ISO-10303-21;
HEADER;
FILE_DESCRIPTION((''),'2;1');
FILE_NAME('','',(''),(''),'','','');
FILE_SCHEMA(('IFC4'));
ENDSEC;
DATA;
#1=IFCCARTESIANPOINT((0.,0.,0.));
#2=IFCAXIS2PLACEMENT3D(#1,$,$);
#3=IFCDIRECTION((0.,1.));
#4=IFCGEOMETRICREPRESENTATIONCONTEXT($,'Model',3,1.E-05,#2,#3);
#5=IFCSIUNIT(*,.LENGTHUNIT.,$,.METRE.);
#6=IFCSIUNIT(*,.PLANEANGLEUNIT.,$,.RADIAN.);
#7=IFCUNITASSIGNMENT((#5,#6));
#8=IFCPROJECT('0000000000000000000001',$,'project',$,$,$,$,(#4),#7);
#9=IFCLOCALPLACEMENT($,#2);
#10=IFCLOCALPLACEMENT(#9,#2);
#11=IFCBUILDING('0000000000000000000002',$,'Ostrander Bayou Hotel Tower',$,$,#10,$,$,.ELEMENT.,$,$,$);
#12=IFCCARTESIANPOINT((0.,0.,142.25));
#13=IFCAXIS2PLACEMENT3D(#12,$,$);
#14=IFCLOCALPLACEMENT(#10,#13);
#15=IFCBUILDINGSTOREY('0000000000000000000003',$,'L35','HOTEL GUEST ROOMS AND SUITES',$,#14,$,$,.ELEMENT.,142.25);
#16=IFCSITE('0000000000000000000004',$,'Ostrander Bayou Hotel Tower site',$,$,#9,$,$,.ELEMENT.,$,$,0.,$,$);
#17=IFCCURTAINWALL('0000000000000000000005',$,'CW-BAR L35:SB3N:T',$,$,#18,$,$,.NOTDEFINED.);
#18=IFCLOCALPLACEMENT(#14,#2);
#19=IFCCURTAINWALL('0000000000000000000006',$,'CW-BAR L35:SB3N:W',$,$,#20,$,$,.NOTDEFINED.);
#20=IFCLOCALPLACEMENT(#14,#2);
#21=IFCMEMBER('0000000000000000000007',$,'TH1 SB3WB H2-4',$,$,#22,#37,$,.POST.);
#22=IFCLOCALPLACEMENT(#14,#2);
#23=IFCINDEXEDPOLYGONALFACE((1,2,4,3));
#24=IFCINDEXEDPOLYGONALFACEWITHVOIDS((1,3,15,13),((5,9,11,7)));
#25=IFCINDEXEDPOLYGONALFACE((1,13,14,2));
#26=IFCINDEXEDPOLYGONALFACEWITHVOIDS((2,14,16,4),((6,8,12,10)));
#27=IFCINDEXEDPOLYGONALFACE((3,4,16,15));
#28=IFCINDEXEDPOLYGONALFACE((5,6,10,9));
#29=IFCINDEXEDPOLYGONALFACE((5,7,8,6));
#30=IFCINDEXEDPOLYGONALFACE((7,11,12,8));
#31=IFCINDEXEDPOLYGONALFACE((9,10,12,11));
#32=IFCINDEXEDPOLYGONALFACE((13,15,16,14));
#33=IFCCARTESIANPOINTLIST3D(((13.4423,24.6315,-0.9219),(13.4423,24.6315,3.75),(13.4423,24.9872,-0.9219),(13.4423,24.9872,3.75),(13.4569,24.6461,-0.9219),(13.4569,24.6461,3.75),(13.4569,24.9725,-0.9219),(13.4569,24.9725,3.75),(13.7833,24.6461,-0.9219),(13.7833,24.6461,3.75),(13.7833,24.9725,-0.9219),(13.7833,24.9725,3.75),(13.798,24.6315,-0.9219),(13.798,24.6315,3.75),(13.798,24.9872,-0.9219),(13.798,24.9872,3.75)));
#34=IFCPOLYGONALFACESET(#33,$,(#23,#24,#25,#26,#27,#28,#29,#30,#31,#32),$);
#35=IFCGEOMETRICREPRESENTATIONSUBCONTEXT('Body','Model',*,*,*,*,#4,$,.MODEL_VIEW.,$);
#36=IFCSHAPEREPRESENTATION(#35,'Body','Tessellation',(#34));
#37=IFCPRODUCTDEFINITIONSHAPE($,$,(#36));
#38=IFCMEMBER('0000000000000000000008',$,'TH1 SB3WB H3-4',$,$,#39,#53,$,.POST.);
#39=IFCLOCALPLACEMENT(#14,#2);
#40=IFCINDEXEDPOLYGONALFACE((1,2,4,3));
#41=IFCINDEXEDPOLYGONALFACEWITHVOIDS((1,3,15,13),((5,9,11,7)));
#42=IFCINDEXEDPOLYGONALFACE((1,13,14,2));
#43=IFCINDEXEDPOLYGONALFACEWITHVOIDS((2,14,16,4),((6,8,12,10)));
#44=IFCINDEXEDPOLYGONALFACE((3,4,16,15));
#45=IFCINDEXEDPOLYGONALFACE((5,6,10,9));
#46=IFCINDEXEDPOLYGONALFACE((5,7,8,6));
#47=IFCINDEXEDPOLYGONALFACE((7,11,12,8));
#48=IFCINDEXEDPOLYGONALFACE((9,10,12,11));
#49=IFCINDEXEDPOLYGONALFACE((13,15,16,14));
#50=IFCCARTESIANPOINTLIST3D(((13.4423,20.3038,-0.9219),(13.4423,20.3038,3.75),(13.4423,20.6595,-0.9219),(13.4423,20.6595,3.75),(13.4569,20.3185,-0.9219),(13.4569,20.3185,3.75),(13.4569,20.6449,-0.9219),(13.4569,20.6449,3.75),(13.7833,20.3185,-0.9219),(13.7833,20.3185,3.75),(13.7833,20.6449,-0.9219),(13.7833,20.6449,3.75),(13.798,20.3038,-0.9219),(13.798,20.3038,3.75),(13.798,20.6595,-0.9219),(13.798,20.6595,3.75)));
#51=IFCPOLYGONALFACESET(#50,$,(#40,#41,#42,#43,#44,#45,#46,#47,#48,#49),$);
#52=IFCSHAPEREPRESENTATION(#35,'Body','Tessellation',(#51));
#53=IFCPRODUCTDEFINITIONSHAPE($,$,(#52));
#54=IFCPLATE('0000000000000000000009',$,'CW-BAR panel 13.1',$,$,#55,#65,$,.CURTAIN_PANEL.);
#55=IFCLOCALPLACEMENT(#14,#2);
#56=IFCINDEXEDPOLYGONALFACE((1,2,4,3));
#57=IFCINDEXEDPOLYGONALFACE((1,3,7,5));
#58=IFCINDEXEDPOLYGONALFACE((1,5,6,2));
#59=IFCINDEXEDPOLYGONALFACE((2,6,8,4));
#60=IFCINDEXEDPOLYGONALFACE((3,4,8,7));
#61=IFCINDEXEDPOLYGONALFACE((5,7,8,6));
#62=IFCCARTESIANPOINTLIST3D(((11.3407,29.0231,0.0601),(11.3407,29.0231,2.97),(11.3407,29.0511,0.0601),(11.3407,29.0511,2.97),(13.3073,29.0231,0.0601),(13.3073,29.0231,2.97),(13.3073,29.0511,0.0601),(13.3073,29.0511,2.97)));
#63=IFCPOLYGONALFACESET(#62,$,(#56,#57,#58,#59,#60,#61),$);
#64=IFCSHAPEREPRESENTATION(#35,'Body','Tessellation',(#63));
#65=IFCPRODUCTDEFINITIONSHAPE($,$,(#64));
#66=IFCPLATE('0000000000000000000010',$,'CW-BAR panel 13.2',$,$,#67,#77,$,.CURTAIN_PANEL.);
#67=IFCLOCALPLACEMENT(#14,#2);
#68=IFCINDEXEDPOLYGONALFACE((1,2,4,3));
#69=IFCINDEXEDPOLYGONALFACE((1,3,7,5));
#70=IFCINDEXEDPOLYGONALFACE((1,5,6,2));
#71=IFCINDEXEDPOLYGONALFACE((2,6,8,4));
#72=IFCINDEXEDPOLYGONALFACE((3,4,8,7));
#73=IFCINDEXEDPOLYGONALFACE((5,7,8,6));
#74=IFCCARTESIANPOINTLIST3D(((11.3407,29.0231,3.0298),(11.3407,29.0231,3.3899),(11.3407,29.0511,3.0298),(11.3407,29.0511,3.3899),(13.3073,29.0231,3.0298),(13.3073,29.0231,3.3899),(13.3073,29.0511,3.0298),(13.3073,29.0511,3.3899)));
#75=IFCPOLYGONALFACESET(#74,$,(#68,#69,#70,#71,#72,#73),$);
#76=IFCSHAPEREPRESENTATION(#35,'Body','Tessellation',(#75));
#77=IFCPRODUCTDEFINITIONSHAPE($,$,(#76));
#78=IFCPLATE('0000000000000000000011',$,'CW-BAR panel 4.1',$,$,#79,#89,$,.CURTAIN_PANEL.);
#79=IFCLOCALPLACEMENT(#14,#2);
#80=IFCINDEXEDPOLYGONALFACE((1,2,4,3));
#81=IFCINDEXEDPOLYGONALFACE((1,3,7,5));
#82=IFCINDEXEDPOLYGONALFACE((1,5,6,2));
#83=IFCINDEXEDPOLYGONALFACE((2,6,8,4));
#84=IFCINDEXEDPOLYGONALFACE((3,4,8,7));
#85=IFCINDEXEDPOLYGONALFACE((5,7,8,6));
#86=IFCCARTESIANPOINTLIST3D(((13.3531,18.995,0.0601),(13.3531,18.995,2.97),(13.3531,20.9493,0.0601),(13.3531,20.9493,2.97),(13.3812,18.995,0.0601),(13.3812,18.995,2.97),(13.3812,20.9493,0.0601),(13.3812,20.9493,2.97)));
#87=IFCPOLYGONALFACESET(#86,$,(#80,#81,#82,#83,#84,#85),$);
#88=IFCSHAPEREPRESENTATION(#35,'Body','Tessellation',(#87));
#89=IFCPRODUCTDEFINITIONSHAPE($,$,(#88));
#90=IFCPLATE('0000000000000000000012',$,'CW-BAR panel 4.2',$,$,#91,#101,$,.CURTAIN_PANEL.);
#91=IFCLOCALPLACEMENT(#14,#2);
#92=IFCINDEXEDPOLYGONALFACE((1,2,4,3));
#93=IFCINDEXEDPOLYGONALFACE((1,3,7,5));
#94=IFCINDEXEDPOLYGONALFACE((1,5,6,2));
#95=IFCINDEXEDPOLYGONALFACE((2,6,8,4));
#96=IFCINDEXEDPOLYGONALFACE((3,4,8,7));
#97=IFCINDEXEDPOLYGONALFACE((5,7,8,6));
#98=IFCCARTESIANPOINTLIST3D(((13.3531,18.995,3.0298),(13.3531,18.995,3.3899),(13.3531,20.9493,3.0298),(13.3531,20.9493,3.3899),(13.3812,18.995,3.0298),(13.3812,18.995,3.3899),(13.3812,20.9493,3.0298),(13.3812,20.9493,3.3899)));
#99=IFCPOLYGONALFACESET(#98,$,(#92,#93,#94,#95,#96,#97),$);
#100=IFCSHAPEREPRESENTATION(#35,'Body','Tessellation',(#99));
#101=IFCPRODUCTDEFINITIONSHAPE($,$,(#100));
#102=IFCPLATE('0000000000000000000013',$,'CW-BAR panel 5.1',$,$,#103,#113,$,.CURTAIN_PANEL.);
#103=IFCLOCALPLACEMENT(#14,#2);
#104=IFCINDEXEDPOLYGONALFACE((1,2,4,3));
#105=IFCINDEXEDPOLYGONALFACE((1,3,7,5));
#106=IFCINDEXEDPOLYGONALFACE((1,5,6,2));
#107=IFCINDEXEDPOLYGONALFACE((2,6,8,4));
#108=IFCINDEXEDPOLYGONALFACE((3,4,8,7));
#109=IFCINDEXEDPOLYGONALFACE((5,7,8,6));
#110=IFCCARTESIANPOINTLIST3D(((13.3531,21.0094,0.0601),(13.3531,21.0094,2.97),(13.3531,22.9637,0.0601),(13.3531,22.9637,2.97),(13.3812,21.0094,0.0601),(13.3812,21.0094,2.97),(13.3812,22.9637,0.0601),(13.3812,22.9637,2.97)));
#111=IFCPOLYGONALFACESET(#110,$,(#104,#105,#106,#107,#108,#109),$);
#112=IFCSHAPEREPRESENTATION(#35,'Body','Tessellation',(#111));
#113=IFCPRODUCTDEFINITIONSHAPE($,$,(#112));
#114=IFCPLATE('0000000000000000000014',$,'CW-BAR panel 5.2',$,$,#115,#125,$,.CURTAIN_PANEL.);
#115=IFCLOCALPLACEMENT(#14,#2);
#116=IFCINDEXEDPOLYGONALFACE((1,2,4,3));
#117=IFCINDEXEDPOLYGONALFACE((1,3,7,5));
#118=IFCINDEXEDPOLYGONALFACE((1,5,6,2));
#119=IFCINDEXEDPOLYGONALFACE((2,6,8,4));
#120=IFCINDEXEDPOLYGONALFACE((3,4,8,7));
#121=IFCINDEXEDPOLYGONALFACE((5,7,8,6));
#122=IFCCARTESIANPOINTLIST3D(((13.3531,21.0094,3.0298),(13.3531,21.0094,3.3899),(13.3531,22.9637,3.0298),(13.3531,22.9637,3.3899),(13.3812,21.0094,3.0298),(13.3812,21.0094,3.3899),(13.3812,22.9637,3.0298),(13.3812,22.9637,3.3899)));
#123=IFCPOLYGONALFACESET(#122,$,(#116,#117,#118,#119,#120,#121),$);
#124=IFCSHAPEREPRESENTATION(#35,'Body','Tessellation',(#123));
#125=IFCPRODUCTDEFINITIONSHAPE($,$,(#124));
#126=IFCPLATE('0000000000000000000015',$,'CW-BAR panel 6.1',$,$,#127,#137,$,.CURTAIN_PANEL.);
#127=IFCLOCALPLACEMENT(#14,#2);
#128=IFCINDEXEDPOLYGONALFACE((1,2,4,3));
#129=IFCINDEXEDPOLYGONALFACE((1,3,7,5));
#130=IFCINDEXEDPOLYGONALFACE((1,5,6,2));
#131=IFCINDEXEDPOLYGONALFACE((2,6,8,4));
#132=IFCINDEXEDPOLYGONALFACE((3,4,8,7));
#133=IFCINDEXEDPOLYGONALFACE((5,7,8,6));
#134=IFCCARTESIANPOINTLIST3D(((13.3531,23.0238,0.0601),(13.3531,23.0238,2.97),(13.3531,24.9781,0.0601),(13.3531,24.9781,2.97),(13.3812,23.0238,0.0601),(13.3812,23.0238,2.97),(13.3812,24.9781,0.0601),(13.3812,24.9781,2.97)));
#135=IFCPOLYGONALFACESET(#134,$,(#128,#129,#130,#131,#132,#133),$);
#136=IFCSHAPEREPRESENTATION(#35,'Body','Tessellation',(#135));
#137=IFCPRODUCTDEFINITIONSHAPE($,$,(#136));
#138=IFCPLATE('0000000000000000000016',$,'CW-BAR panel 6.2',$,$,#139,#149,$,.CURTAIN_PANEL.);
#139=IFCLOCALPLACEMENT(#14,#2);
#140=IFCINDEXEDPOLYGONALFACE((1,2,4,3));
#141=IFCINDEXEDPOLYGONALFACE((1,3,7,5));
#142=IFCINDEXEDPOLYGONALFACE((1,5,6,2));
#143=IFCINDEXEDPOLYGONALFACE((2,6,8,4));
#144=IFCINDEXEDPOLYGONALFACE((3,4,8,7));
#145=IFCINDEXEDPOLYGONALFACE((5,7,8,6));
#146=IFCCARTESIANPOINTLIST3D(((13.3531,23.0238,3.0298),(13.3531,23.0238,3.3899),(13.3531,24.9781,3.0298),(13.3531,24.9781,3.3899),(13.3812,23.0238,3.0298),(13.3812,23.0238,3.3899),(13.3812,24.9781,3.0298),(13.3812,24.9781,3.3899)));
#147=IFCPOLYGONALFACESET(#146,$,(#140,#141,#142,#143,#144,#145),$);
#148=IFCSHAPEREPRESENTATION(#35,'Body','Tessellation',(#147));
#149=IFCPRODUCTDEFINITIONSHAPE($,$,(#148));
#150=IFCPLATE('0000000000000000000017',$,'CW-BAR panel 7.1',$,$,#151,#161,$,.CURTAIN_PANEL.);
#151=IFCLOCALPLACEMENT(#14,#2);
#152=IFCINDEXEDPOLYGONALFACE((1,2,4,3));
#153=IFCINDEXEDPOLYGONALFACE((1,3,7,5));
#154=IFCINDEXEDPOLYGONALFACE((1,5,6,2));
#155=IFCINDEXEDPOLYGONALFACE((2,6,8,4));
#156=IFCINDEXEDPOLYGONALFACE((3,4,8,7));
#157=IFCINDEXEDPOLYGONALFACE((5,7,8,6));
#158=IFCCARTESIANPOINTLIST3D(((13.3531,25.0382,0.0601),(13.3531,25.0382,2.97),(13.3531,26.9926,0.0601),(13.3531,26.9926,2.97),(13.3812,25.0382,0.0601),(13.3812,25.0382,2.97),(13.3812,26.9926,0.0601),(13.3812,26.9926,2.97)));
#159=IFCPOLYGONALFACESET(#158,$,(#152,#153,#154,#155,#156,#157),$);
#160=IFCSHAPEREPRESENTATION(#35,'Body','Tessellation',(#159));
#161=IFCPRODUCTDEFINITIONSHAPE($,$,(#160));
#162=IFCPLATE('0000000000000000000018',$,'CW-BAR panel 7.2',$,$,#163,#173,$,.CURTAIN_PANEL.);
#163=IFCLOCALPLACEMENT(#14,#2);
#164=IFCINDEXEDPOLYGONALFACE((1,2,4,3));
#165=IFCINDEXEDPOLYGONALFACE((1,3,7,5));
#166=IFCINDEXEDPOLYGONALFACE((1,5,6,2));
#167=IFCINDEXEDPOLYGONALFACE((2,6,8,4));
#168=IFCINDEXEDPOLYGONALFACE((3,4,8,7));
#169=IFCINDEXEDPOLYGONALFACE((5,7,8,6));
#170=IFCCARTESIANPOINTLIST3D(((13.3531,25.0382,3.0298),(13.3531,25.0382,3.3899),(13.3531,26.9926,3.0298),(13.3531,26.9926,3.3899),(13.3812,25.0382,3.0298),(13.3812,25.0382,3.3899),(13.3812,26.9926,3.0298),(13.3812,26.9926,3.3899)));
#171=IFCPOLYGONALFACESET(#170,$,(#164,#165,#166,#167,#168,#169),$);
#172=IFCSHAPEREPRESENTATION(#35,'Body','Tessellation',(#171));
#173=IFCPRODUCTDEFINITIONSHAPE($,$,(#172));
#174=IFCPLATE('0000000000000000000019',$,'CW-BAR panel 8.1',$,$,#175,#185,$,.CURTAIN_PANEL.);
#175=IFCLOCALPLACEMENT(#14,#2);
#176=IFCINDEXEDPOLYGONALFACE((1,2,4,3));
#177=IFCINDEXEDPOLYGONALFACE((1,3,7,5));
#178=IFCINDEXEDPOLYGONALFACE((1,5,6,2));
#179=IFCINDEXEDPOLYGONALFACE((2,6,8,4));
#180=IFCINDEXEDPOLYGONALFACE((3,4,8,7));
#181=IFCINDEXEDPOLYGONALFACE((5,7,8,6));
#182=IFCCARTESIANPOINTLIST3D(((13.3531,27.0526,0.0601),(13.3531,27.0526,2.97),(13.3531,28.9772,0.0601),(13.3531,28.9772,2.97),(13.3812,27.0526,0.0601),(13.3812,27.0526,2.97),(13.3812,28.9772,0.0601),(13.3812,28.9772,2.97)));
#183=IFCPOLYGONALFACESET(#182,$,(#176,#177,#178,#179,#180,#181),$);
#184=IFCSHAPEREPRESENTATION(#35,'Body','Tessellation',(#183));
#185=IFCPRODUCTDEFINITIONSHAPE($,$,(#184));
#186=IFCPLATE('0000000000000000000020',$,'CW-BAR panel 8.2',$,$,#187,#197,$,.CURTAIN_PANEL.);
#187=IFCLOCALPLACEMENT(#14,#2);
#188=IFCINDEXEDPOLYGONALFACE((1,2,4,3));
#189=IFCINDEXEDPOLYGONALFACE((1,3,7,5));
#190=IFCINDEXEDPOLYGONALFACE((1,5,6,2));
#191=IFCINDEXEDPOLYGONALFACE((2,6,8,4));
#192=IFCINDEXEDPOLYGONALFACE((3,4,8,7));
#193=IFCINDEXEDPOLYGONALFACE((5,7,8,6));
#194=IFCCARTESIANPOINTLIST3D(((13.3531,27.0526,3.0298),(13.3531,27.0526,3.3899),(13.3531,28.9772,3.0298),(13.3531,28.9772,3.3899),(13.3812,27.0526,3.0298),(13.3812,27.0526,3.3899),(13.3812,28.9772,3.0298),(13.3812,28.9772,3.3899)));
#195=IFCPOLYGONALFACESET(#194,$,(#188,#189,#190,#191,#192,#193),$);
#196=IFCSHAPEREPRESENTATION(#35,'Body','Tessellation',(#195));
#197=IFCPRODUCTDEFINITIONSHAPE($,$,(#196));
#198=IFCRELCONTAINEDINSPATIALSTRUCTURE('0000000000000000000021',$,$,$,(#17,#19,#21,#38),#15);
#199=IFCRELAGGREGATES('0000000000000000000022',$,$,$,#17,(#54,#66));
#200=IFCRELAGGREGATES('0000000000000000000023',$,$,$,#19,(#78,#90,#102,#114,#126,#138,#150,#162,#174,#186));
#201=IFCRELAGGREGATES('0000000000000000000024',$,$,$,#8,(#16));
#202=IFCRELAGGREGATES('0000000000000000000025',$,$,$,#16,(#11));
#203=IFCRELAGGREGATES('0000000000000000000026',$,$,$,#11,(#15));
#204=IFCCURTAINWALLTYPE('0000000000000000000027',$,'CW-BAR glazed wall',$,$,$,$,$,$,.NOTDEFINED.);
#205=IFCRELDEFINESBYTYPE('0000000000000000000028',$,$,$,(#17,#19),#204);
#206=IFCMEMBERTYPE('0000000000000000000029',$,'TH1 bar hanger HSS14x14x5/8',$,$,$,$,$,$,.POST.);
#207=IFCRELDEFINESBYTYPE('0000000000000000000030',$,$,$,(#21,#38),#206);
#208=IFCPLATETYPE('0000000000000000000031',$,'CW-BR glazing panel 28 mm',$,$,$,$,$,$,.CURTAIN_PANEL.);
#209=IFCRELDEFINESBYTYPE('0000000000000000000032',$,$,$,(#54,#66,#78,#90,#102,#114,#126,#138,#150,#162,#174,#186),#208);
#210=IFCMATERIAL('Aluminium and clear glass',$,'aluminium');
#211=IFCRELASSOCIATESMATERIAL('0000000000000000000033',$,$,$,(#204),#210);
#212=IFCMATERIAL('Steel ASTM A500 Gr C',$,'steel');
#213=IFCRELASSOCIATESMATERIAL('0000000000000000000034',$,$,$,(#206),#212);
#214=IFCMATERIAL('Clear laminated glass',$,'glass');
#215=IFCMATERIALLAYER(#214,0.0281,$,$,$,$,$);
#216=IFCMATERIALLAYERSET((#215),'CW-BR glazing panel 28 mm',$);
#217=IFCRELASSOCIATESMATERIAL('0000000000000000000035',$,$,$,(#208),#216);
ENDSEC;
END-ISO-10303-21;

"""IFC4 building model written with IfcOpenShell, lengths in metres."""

from ifc_helpers import new_model, si_unit, direction, frame, origin, origin_2d, place, context, subcontext, project, spatial, rectangle, hollow_rectangle, extrude, material, layer, layer_set, material_profile, profile_set, type_object, element, aggregate, save


model = new_model("IFC4")

# Units and contexts
model_context = context("Model", 3, precision=1e-05, world=origin(), true_north=direction((0.0, 1.0)))
body_context = subcontext(model_context, "Body", "Model", "MODEL_VIEW")
ifc_project = project(units=[si_unit("LENGTHUNIT", "METRE"), si_unit("PLANEANGLEUNIT", "RADIAN")], contexts=[model_context])

# Site, building, storey
site_placement = place(None, origin())
site = spatial("IfcSite", under=ifc_project, at=site_placement, Name="Ostrander Bayou Hotel Tower site", CompositionType="ELEMENT", RefElevation=0.0)
building_placement = place(site_placement, origin())
building = spatial("IfcBuilding", under=site, at=building_placement, Name="Ostrander Bayou Hotel Tower", CompositionType="ELEMENT")
storey_placement = place(building_placement, frame((0.0, 0.0, 142.25)))
storey = spatial("IfcBuildingStorey", under=building, at=storey_placement, Name="L35", Description="HOTEL GUEST ROOMS AND SUITES", CompositionType="ELEMENT", Elevation=142.25)

# Curtain wall
ifc_material_1 = material(Name="Aluminium and clear glass", Category="aluminium")
curtain_wall_type = type_object("IfcCurtainWallType", Name="CW-BAR glazed wall", PredefinedType="NOTDEFINED", material=ifc_material_1)
curtain_wall_1_placement = place(storey_placement, origin())
curtain_wall_1 = element("IfcCurtainWall", 1, at=curtain_wall_1_placement, inside=storey, type_object=curtain_wall_type, Name="CW-BAR L35:SB3N:T", PredefinedType="NOTDEFINED")

# Curtain wall
curtain_wall_2_placement = place(storey_placement, origin())
curtain_wall_2 = element("IfcCurtainWall", 2, at=curtain_wall_2_placement, inside=storey, type_object=curtain_wall_type, Name="CW-BAR L35:SB3N:W", PredefinedType="NOTDEFINED")

# Members
ifc_material_2 = material(Name="Steel ASTM A500 Gr C", Category="steel")
ifc_material_profile_1 = material_profile(ifc_material_2, hollow_rectangle(XDim=0.3557, YDim=0.3557, WallThickness=0.0146, at=origin_2d()))
ifc_profile_set_1 = profile_set([ifc_material_profile_1], Name="Steel ASTM A500 Gr C")
member_type_1 = type_object("IfcMemberType", Name="TH1 bar hanger HSS14x14x5/8", PredefinedType="POST", material=ifc_profile_set_1)
for number, where, z_axis, x_axis, name in (
    (3, (13.6201, 24.8093, -0.9219), (0.0, 0.0, 1.0), (1.0, 0.0, 0.0), "TH1 SB3WB H2-4"),
    (4, (13.6201, 20.4817, -0.9219), (0.0, 0.0, 1.0), (1.0, 0.0, 0.0), "TH1 SB3WB H3-4"),
):
    element("IfcMember", number, at=place(storey_placement, frame(where, z_axis=z_axis, x_axis=x_axis)), inside=storey, type_object=member_type_1, Name=name, PredefinedType="POST", context=body_context, shape_type="SweptSolid", body=[
        extrude(hollow_rectangle(XDim=0.3557, YDim=0.3557, WallThickness=0.0146, at=origin_2d()), origin(), (0.0, 0.0, 1.0), 4.6719),
    ])

# Plates
ifc_material_3 = material(Name="Clear laminated glass", Category="glass")
ifc_layer = layer(ifc_material_3, 0.0281)
ifc_layer_set = layer_set([ifc_layer], Name="CW-BR glazing panel 28 mm")
plate_type = type_object("IfcPlateType", Name="CW-BR glazing panel 28 mm", PredefinedType="CURTAIN_PANEL", material=ifc_layer_set)
plate_1_placement = place(storey_placement, frame((12.324, 29.0371, 0.0601), z_axis=(0.0, 0.0, 1.0), x_axis=(1.0, 0.0, 0.0)))
plate_1 = element("IfcPlate", 5, at=plate_1_placement, type_object=plate_type, Name="CW-BAR panel 13.1", PredefinedType="CURTAIN_PANEL", context=body_context, shape_type="SweptSolid", body=[
    extrude(rectangle(XDim=1.9666, YDim=0.0281, at=origin_2d()), origin(), (0.0, 0.0, 1.0), 2.9099),
])
plate_2_placement = place(storey_placement, frame((12.324, 29.0371, 3.0298), z_axis=(0.0, 0.0, 1.0), x_axis=(1.0, 0.0, 0.0)))
plate_2 = element("IfcPlate", 6, at=plate_2_placement, type_object=plate_type, Name="CW-BAR panel 13.2", PredefinedType="CURTAIN_PANEL", context=body_context, shape_type="SweptSolid", body=[
    extrude(rectangle(XDim=1.9666, YDim=0.0281, at=origin_2d()), origin(), (0.0, 0.0, 1.0), 0.3601),
])
aggregate(curtain_wall_1, [plate_1, plate_2])
plate_3_placement = place(storey_placement, frame((13.3672, 19.9722, 0.0601), z_axis=(0.0, 0.0, 1.0), x_axis=(0.0, 1.0, 0.0)))
plate_3 = element("IfcPlate", 7, at=plate_3_placement, type_object=plate_type, Name="CW-BAR panel 4.1", PredefinedType="CURTAIN_PANEL", context=body_context, shape_type="SweptSolid", body=[
    extrude(rectangle(XDim=1.9543, YDim=0.0281, at=origin_2d()), origin(), (0.0, 0.0, 1.0), 2.9099),
])
plate_4_placement = place(storey_placement, frame((13.3672, 19.9722, 3.0298), z_axis=(0.0, 0.0, 1.0), x_axis=(0.0, 1.0, 0.0)))
plate_4 = element("IfcPlate", 8, at=plate_4_placement, type_object=plate_type, Name="CW-BAR panel 4.2", PredefinedType="CURTAIN_PANEL", context=body_context, shape_type="SweptSolid", body=[
    extrude(rectangle(XDim=1.9543, YDim=0.0281, at=origin_2d()), origin(), (0.0, 0.0, 1.0), 0.3601),
])
plate_5_placement = place(storey_placement, frame((13.3672, 21.9866, 0.0601), z_axis=(0.0, 0.0, 1.0), x_axis=(0.0, 1.0, 0.0)))
plate_5 = element("IfcPlate", 9, at=plate_5_placement, type_object=plate_type, Name="CW-BAR panel 5.1", PredefinedType="CURTAIN_PANEL", context=body_context, shape_type="SweptSolid", body=[
    extrude(rectangle(XDim=1.9543, YDim=0.0281, at=origin_2d()), origin(), (0.0, 0.0, 1.0), 2.9099),
])
plate_6_placement = place(storey_placement, frame((13.3672, 21.9866, 3.0298), z_axis=(0.0, 0.0, 1.0), x_axis=(0.0, 1.0, 0.0)))
plate_6 = element("IfcPlate", 10, at=plate_6_placement, type_object=plate_type, Name="CW-BAR panel 5.2", PredefinedType="CURTAIN_PANEL", context=body_context, shape_type="SweptSolid", body=[
    extrude(rectangle(XDim=1.9543, YDim=0.0281, at=origin_2d()), origin(), (0.0, 0.0, 1.0), 0.3601),
])
plate_7_placement = place(storey_placement, frame((13.3672, 24.001, 0.0601), z_axis=(0.0, 0.0, 1.0), x_axis=(0.0, 1.0, 0.0)))
plate_7 = element("IfcPlate", 11, at=plate_7_placement, type_object=plate_type, Name="CW-BAR panel 6.1", PredefinedType="CURTAIN_PANEL", context=body_context, shape_type="SweptSolid", body=[
    extrude(rectangle(XDim=1.9543, YDim=0.0281, at=origin_2d()), origin(), (0.0, 0.0, 1.0), 2.9099),
])
plate_8_placement = place(storey_placement, frame((13.3672, 24.001, 3.0298), z_axis=(0.0, 0.0, 1.0), x_axis=(0.0, 1.0, 0.0)))
plate_8 = element("IfcPlate", 12, at=plate_8_placement, type_object=plate_type, Name="CW-BAR panel 6.2", PredefinedType="CURTAIN_PANEL", context=body_context, shape_type="SweptSolid", body=[
    extrude(rectangle(XDim=1.9543, YDim=0.0281, at=origin_2d()), origin(), (0.0, 0.0, 1.0), 0.3601),
])
plate_9_placement = place(storey_placement, frame((13.3672, 26.0154, 0.0601), z_axis=(0.0, 0.0, 1.0), x_axis=(0.0, 1.0, 0.0)))
plate_9 = element("IfcPlate", 13, at=plate_9_placement, type_object=plate_type, Name="CW-BAR panel 7.1", PredefinedType="CURTAIN_PANEL", context=body_context, shape_type="SweptSolid", body=[
    extrude(rectangle(XDim=1.9543, YDim=0.0281, at=origin_2d()), origin(), (0.0, 0.0, 1.0), 2.9099),
])
plate_10_placement = place(storey_placement, frame((13.3672, 26.0154, 3.0298), z_axis=(0.0, 0.0, 1.0), x_axis=(0.0, 1.0, 0.0)))
plate_10 = element("IfcPlate", 14, at=plate_10_placement, type_object=plate_type, Name="CW-BAR panel 7.2", PredefinedType="CURTAIN_PANEL", context=body_context, shape_type="SweptSolid", body=[
    extrude(rectangle(XDim=1.9543, YDim=0.0281, at=origin_2d()), origin(), (0.0, 0.0, 1.0), 0.3601),
])
plate_11_placement = place(storey_placement, frame((13.3672, 28.0149, 0.0601), z_axis=(0.0, 0.0, 1.0), x_axis=(0.0, 1.0, 0.0)))
plate_11 = element("IfcPlate", 15, at=plate_11_placement, type_object=plate_type, Name="CW-BAR panel 8.1", PredefinedType="CURTAIN_PANEL", context=body_context, shape_type="SweptSolid", body=[
    extrude(rectangle(XDim=1.9246, YDim=0.0281, at=origin_2d()), origin(), (0.0, 0.0, 1.0), 2.9099),
])
plate_12_placement = place(storey_placement, frame((13.3672, 28.0149, 3.0298), z_axis=(0.0, 0.0, 1.0), x_axis=(0.0, 1.0, 0.0)))
plate_12 = element("IfcPlate", 16, at=plate_12_placement, type_object=plate_type, Name="CW-BAR panel 8.2", PredefinedType="CURTAIN_PANEL", context=body_context, shape_type="SweptSolid", body=[
    extrude(rectangle(XDim=1.9246, YDim=0.0281, at=origin_2d()), origin(), (0.0, 0.0, 1.0), 0.3601),
])
aggregate(curtain_wall_2, [plate_3, plate_4, plate_5, plate_6, plate_7, plate_8, plate_9, plate_10, plate_11, plate_12])

save(model, "model.ifc")
